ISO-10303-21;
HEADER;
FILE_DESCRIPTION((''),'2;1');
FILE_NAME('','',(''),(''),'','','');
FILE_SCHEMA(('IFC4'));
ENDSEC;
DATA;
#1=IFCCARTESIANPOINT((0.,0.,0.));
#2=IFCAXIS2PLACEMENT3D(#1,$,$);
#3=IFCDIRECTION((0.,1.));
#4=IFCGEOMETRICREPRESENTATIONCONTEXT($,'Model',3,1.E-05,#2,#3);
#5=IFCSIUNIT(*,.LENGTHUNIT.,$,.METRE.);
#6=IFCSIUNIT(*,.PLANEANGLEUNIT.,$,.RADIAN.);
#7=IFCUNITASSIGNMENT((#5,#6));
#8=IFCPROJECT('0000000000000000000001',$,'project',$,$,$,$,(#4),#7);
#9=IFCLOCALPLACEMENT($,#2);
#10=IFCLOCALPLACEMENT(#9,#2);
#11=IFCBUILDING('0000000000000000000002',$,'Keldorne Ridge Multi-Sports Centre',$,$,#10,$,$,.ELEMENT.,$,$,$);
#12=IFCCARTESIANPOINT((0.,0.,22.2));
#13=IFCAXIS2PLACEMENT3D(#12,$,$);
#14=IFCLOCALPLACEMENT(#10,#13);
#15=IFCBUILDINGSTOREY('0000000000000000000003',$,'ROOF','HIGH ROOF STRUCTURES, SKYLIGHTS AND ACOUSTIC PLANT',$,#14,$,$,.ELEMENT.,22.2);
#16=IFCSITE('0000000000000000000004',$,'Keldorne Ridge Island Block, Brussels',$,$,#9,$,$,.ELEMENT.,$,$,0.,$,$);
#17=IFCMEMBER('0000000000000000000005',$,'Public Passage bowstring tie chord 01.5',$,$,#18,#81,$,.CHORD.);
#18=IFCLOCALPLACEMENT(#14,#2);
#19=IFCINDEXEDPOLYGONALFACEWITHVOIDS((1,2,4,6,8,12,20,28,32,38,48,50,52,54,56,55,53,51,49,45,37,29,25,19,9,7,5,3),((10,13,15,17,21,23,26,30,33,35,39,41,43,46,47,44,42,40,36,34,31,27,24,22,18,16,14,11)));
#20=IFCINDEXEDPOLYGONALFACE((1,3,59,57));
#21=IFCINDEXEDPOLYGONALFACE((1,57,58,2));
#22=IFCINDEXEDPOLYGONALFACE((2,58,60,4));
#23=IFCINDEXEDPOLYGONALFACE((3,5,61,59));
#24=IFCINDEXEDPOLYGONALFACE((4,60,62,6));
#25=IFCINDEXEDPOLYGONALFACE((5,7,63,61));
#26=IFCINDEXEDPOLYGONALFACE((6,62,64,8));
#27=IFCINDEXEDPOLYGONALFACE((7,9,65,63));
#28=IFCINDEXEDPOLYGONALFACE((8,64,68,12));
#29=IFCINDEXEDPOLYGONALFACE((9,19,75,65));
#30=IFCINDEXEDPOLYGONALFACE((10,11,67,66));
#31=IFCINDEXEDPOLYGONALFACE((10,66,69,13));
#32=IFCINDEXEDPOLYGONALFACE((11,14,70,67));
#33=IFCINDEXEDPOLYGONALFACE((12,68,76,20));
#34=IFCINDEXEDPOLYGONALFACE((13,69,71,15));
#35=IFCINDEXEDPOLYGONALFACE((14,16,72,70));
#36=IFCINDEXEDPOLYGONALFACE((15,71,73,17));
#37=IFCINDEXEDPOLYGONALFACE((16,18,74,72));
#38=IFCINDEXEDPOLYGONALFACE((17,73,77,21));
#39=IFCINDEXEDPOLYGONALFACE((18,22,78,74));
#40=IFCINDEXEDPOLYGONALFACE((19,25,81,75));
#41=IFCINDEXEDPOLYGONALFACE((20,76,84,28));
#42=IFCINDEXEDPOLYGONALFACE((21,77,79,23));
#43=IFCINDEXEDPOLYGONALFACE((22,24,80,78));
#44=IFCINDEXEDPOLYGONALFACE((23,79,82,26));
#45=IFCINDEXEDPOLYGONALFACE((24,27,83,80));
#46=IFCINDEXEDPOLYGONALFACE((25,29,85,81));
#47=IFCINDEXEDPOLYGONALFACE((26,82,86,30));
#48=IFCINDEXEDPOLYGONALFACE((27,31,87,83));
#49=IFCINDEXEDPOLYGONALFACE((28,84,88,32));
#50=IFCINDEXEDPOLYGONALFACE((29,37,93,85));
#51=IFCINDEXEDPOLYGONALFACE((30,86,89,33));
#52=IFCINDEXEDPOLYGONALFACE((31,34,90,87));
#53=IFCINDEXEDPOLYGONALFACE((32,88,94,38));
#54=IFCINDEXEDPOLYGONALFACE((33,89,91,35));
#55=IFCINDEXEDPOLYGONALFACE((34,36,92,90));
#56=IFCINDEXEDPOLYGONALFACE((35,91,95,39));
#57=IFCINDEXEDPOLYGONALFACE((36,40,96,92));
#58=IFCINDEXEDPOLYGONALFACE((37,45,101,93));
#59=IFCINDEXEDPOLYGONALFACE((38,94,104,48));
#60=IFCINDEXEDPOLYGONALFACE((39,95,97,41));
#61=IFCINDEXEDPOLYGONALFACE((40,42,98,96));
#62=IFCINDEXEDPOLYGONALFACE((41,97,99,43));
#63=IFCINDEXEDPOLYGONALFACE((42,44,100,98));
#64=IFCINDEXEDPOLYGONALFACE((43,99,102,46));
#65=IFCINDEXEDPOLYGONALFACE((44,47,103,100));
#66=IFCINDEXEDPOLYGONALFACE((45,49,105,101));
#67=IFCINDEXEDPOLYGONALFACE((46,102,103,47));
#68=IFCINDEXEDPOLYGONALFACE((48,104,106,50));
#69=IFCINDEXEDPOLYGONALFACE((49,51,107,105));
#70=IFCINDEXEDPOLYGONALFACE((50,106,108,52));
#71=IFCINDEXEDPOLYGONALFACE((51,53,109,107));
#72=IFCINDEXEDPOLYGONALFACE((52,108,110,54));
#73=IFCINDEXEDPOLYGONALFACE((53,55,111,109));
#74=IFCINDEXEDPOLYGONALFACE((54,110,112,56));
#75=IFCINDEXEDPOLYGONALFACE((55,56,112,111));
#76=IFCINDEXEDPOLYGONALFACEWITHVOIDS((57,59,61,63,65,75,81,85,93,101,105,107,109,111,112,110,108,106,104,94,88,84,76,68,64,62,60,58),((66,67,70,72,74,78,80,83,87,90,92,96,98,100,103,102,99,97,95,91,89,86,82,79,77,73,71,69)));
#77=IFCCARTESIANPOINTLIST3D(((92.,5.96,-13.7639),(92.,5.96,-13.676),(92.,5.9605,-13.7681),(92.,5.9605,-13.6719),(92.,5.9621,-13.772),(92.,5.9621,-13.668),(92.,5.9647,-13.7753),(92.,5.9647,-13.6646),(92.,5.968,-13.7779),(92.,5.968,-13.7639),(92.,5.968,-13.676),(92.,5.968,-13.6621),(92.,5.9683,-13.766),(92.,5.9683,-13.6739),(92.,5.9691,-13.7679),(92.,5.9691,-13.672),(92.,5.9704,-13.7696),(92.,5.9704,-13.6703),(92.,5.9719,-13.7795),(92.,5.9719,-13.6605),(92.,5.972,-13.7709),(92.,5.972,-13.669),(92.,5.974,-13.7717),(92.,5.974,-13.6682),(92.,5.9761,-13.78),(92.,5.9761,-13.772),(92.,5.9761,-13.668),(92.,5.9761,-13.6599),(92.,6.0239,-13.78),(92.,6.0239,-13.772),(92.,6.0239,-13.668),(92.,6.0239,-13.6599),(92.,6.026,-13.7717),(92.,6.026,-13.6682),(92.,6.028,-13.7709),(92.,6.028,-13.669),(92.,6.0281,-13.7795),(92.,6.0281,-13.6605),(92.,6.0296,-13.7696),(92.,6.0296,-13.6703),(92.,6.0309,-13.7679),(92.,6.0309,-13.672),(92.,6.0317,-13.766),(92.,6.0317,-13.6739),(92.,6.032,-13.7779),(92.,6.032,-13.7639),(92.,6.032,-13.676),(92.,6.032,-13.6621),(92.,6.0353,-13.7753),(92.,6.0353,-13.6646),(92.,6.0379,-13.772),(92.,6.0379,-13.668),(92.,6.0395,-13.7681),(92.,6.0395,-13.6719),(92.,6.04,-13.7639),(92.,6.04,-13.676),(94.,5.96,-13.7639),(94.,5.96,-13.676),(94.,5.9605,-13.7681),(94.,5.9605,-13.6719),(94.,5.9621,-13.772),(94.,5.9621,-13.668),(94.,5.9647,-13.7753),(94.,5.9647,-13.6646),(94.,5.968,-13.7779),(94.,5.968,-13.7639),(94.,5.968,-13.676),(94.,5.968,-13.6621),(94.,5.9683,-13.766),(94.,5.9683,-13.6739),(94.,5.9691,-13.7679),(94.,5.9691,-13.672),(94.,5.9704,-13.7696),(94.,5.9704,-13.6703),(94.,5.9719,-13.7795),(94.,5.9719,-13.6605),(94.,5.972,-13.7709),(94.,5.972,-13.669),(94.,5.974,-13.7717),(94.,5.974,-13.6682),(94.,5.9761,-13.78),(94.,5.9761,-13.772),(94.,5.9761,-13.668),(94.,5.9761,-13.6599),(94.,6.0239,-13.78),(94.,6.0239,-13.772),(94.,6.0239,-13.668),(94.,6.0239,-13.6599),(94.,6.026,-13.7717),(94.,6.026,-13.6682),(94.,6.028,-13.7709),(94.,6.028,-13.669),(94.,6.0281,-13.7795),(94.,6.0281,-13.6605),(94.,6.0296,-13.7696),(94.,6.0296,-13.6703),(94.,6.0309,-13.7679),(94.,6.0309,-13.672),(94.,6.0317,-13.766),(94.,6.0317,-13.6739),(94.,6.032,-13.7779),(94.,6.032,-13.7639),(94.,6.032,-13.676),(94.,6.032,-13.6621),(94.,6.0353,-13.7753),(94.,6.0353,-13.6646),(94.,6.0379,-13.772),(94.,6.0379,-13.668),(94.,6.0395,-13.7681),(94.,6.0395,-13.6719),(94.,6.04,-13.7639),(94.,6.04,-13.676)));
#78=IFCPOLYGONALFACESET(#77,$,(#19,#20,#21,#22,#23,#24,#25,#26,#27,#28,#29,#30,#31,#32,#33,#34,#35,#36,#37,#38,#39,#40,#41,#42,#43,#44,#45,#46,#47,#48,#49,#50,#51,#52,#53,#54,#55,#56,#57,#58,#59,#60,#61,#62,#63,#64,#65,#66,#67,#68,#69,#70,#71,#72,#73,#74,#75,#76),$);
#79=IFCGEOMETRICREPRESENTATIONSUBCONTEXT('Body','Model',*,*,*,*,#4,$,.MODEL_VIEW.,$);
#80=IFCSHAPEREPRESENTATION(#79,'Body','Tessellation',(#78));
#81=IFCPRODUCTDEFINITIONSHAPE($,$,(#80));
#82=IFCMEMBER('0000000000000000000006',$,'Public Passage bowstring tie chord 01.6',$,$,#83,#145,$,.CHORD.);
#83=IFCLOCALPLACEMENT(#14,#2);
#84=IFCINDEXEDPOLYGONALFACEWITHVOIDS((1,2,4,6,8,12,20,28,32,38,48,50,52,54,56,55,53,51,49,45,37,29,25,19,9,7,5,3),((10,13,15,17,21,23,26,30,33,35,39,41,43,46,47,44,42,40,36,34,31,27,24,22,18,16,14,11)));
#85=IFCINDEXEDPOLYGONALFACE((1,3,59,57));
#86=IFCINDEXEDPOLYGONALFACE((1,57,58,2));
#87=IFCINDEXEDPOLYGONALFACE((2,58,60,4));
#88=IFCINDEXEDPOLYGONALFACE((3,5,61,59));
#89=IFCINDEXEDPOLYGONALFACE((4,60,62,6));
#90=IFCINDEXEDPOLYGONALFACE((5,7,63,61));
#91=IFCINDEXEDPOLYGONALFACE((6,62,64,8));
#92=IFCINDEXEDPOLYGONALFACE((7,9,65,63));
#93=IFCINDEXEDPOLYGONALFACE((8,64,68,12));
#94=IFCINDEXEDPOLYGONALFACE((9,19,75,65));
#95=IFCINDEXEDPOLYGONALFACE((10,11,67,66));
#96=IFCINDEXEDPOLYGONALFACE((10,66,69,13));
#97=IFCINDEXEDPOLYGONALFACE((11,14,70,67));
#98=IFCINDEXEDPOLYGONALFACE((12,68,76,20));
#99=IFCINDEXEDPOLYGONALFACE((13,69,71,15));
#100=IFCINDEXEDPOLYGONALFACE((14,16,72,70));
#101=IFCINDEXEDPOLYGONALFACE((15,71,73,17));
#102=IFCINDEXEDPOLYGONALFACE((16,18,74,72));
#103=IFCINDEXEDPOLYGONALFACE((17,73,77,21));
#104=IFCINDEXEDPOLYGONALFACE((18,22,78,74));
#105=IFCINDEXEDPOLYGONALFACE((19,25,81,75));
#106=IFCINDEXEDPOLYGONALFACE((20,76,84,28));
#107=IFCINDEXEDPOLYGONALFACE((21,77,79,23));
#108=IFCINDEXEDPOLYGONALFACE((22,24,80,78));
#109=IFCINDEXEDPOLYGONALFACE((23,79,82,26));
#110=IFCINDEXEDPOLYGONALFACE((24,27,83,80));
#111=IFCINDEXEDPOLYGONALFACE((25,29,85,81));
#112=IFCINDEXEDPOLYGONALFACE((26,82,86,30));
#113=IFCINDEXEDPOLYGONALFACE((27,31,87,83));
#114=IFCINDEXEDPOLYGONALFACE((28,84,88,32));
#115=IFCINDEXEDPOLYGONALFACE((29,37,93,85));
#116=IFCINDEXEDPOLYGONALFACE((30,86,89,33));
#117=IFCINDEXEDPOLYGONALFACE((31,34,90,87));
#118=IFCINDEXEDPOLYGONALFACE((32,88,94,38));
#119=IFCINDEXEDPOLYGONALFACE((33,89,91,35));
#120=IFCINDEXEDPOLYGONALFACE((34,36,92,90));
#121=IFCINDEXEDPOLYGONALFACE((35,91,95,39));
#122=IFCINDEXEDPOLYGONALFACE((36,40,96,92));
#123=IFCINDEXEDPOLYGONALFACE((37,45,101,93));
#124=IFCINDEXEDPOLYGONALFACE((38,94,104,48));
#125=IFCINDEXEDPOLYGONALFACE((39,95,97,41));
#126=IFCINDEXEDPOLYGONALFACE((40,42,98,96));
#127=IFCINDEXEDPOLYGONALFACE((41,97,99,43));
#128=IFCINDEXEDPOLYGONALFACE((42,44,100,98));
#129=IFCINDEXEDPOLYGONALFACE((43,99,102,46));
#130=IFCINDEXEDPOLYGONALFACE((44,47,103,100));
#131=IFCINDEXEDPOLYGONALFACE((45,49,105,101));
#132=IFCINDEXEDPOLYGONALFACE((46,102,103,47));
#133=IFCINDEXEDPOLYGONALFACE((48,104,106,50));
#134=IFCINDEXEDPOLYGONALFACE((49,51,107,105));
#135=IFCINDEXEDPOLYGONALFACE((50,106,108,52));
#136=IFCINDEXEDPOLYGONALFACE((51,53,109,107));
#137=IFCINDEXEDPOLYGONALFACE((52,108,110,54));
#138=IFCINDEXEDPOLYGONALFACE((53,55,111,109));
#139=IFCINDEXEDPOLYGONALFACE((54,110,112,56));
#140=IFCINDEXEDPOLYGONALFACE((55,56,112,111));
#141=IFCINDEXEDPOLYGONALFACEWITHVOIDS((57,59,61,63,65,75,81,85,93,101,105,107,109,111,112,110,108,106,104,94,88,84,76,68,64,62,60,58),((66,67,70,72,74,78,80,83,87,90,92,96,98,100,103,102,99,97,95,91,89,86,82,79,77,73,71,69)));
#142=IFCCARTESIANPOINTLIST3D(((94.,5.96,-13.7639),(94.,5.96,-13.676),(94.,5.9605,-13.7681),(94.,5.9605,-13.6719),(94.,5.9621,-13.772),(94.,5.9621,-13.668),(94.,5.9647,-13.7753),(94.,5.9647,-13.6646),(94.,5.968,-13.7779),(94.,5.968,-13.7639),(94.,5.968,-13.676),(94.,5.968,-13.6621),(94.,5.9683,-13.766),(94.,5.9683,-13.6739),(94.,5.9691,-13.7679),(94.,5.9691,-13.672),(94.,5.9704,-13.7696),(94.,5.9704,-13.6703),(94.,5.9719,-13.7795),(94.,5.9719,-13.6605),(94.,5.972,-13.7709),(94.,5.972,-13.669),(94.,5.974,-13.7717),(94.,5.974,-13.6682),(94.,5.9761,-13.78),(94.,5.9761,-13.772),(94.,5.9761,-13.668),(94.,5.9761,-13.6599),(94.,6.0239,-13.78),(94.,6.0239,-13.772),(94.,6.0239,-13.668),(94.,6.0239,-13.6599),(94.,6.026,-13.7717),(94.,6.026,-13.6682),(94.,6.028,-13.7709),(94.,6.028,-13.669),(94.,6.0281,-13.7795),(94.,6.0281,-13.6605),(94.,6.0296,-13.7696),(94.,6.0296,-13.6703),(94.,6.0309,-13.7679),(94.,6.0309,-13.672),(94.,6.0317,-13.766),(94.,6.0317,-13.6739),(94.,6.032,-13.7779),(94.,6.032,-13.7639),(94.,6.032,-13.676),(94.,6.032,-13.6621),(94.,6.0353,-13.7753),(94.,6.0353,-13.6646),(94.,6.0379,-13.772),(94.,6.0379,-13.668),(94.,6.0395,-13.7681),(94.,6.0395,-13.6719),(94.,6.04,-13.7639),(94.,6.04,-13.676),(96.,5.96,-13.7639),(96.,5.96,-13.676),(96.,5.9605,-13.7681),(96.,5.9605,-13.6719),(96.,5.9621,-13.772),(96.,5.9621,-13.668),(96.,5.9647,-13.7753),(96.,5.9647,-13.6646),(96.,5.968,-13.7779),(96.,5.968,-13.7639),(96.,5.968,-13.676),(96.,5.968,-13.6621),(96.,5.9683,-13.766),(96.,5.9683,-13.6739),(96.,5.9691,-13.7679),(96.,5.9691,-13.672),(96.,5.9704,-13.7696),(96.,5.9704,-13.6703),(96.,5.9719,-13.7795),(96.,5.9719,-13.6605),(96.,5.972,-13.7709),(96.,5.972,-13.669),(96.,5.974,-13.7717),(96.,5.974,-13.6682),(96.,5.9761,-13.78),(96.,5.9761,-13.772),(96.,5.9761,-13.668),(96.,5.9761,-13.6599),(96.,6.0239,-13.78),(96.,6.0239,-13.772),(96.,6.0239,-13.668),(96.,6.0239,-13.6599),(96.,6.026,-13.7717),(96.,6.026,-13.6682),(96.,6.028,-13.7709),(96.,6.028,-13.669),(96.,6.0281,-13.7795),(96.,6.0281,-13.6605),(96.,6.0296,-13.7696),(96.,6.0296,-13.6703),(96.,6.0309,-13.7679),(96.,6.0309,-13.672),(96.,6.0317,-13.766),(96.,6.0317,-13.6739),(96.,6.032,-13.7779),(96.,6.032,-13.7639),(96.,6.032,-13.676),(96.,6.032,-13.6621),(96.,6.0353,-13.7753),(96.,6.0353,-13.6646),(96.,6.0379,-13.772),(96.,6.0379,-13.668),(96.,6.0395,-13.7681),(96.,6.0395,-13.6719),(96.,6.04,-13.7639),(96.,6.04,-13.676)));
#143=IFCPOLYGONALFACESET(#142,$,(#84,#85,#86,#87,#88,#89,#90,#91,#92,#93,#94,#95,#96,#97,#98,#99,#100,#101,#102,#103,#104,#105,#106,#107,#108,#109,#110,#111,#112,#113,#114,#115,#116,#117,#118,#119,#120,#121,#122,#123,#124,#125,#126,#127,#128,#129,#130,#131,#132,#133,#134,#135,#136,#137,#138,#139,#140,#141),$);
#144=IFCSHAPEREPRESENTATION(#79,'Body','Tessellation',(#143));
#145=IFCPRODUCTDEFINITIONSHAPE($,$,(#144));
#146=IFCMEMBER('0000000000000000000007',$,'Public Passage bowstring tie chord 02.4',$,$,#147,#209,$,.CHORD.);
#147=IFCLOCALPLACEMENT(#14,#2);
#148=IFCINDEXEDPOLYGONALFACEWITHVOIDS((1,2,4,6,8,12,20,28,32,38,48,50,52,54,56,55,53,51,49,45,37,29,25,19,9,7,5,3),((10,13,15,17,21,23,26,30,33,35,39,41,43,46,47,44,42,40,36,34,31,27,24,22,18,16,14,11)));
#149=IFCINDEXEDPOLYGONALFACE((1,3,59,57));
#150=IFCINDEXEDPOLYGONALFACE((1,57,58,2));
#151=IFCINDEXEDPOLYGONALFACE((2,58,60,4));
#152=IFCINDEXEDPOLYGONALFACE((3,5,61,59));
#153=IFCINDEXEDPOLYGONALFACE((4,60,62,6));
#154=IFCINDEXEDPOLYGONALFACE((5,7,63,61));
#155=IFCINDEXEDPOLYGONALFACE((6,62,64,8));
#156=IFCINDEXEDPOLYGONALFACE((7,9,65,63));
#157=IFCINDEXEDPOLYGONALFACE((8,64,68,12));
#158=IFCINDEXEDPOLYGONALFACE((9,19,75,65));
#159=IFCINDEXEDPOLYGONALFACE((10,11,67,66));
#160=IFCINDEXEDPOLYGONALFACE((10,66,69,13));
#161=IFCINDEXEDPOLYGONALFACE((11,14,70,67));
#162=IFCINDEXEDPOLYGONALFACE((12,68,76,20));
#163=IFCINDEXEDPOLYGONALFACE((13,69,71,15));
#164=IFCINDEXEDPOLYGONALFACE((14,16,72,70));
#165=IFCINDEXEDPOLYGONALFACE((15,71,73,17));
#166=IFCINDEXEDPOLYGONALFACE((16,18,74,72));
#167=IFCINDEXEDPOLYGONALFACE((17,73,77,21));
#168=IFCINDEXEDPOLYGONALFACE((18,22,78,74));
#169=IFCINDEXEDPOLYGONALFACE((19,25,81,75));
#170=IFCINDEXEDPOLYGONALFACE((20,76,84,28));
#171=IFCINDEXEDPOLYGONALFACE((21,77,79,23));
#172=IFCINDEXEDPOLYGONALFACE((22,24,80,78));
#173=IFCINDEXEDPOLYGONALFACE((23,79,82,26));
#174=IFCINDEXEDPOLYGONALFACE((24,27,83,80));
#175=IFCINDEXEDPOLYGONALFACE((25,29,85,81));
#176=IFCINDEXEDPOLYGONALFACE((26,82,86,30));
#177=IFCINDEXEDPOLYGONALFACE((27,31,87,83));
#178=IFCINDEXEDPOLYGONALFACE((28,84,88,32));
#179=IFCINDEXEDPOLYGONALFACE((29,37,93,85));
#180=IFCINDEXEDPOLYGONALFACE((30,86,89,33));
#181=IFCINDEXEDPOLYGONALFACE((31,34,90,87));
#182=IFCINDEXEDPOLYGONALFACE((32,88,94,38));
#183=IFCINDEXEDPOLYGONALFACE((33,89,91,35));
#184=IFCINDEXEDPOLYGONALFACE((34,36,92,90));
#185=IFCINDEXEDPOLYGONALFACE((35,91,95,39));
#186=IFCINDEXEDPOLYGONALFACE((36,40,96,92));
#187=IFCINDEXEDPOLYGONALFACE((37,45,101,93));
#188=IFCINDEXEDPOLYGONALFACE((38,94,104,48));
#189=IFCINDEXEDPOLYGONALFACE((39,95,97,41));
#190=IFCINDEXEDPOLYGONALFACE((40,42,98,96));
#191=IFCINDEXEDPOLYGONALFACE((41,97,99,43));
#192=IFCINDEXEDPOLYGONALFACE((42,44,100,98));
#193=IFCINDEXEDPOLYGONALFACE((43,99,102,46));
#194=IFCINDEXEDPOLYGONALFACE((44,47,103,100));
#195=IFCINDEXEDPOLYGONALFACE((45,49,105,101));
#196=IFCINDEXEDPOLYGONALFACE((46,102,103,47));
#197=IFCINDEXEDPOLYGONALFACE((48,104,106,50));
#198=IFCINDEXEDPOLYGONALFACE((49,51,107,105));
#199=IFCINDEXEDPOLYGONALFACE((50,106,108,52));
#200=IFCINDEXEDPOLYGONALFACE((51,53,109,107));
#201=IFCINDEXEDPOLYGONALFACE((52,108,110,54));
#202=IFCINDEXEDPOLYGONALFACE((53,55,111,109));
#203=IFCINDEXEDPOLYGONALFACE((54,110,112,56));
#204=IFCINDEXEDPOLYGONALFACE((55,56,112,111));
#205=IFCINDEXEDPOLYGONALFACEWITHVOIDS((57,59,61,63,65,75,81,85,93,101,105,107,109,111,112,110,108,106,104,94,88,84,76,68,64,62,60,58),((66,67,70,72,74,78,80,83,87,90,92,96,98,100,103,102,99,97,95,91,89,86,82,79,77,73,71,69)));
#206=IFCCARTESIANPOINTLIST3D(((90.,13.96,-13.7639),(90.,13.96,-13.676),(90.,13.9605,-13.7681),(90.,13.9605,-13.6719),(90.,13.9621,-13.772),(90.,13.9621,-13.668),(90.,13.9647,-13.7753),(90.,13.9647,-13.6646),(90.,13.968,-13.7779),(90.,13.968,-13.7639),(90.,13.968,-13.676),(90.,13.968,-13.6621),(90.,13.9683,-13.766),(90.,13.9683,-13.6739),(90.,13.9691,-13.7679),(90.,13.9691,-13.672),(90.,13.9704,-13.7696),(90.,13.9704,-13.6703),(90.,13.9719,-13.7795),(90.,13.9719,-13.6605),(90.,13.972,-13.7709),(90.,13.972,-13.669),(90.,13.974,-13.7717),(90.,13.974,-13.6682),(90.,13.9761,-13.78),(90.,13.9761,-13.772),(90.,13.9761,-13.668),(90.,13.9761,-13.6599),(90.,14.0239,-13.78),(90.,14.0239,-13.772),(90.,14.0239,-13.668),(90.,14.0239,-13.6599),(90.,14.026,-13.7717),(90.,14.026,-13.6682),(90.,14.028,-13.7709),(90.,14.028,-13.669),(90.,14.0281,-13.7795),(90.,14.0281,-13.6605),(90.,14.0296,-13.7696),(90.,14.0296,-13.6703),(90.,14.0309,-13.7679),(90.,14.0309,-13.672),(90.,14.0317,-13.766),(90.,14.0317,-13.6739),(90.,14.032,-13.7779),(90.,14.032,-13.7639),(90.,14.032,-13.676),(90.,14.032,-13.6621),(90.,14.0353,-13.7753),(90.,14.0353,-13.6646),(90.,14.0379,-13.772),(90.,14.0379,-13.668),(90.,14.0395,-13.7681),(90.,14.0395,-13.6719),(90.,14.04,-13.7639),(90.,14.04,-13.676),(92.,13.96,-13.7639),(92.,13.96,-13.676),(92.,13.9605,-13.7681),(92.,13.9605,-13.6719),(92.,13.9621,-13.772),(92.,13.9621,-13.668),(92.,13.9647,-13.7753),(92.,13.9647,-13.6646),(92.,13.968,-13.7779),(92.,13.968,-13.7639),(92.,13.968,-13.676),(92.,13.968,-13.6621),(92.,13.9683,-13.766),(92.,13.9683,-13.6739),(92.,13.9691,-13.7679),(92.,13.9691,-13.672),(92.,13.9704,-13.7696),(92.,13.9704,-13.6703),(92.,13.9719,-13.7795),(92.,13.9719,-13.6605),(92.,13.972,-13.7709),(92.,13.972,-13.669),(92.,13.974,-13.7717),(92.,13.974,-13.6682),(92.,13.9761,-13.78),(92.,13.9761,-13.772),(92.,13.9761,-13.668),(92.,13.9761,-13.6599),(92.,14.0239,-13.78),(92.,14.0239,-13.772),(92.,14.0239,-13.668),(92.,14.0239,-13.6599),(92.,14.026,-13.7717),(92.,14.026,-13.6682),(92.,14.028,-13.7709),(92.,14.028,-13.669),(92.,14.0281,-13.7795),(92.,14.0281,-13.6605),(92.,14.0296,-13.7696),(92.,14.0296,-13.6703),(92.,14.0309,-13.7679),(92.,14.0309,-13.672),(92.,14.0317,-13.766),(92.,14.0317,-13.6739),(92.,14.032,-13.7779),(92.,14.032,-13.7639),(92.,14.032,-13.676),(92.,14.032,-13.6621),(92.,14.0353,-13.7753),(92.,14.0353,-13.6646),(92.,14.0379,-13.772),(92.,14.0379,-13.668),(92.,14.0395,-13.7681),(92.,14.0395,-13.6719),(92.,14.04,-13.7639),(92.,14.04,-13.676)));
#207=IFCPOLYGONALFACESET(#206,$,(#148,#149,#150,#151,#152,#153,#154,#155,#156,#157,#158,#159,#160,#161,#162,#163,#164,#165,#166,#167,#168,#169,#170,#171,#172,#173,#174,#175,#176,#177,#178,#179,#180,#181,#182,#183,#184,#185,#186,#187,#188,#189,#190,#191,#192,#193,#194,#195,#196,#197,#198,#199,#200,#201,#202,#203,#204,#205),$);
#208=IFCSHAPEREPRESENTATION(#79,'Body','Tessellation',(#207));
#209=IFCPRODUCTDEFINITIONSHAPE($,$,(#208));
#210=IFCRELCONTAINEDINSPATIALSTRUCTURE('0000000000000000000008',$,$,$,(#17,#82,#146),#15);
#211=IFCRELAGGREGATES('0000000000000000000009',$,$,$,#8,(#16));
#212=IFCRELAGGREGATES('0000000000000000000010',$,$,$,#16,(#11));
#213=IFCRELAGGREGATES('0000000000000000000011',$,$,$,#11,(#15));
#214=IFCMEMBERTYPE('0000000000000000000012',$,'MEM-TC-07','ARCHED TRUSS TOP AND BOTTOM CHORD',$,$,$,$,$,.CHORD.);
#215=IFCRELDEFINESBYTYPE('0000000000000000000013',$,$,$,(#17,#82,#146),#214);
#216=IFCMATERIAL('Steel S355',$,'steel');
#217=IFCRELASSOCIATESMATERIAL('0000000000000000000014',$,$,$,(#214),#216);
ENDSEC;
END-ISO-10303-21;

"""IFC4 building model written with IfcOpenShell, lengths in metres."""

from ifc_helpers import new_model, si_unit, direction, frame, origin, origin_2d, place, context, subcontext, project, spatial, hollow_rectangle, extrude, material, material_profile, profile_set, type_object, element, save


model = new_model("IFC4")

# Units and contexts
model_context = context("Model", 3, precision=1e-05, world=origin(), true_north=direction((0.0, 1.0)))
body_context = subcontext(model_context, "Body", "Model", "MODEL_VIEW")
ifc_project = project(units=[si_unit("LENGTHUNIT", "METRE"), si_unit("PLANEANGLEUNIT", "RADIAN")], contexts=[model_context])

# Site, building, storey
site_placement = place(None, origin())
site = spatial("IfcSite", under=ifc_project, at=site_placement, Name="Keldorne Ridge Island Block, Brussels", CompositionType="ELEMENT", RefElevation=0.0)
building_placement = place(site_placement, origin())
building = spatial("IfcBuilding", under=site, at=building_placement, Name="Keldorne Ridge Multi-Sports Centre", CompositionType="ELEMENT")
storey_placement = place(building_placement, frame((0.0, 0.0, 22.2)))
storey = spatial("IfcBuildingStorey", under=building, at=storey_placement, Name="ROOF", Description="HIGH ROOF STRUCTURES, SKYLIGHTS AND ACOUSTIC PLANT", CompositionType="ELEMENT", Elevation=22.2)

# Members
ifc_material = material(Name="Steel S355", Category="steel")
ifc_material_profile_1 = material_profile(ifc_material, hollow_rectangle(XDim=0.0801, YDim=0.1201, WallThickness=0.0081, InnerFilletRadius=0.0081, OuterFilletRadius=0.0161, at=origin_2d()), Name="RHS 120x80x8")
ifc_profile_set_1 = profile_set([ifc_material_profile_1], Name="Steel S355")
member_type_1 = type_object("IfcMemberType", Name="MEM-TC-07", Description="ARCHED TRUSS TOP AND BOTTOM CHORD", PredefinedType="CHORD", material=ifc_profile_set_1)
for number, where, z_axis, x_axis, name in (
    (1, (92.0, 6.0, -13.72), (1.0, 0.0, 0.0), (0.0, 1.0, 0.0), "Public Passage bowstring tie chord 01.5"),
    (2, (94.0, 6.0, -13.72), (1.0, 0.0, 0.0), (0.0, 1.0, 0.0), "Public Passage bowstring tie chord 01.6"),
    (3, (90.0, 14.0, -13.72), (1.0, 0.0, 0.0), (0.0, 1.0, 0.0), "Public Passage bowstring tie chord 02.4"),
):
    element("IfcMember", number, at=place(storey_placement, frame(where, z_axis=z_axis, x_axis=x_axis)), inside=storey, type_object=member_type_1, Name=name, PredefinedType="CHORD", context=body_context, shape_type="SweptSolid", body=[
        extrude(hollow_rectangle(XDim=0.0801, YDim=0.1201, WallThickness=0.0081, InnerFilletRadius=0.0081, OuterFilletRadius=0.0161, at=origin_2d()), origin(), (0.0, 0.0, 1.0), 2.0),
    ])

save(model, "model.ifc")
